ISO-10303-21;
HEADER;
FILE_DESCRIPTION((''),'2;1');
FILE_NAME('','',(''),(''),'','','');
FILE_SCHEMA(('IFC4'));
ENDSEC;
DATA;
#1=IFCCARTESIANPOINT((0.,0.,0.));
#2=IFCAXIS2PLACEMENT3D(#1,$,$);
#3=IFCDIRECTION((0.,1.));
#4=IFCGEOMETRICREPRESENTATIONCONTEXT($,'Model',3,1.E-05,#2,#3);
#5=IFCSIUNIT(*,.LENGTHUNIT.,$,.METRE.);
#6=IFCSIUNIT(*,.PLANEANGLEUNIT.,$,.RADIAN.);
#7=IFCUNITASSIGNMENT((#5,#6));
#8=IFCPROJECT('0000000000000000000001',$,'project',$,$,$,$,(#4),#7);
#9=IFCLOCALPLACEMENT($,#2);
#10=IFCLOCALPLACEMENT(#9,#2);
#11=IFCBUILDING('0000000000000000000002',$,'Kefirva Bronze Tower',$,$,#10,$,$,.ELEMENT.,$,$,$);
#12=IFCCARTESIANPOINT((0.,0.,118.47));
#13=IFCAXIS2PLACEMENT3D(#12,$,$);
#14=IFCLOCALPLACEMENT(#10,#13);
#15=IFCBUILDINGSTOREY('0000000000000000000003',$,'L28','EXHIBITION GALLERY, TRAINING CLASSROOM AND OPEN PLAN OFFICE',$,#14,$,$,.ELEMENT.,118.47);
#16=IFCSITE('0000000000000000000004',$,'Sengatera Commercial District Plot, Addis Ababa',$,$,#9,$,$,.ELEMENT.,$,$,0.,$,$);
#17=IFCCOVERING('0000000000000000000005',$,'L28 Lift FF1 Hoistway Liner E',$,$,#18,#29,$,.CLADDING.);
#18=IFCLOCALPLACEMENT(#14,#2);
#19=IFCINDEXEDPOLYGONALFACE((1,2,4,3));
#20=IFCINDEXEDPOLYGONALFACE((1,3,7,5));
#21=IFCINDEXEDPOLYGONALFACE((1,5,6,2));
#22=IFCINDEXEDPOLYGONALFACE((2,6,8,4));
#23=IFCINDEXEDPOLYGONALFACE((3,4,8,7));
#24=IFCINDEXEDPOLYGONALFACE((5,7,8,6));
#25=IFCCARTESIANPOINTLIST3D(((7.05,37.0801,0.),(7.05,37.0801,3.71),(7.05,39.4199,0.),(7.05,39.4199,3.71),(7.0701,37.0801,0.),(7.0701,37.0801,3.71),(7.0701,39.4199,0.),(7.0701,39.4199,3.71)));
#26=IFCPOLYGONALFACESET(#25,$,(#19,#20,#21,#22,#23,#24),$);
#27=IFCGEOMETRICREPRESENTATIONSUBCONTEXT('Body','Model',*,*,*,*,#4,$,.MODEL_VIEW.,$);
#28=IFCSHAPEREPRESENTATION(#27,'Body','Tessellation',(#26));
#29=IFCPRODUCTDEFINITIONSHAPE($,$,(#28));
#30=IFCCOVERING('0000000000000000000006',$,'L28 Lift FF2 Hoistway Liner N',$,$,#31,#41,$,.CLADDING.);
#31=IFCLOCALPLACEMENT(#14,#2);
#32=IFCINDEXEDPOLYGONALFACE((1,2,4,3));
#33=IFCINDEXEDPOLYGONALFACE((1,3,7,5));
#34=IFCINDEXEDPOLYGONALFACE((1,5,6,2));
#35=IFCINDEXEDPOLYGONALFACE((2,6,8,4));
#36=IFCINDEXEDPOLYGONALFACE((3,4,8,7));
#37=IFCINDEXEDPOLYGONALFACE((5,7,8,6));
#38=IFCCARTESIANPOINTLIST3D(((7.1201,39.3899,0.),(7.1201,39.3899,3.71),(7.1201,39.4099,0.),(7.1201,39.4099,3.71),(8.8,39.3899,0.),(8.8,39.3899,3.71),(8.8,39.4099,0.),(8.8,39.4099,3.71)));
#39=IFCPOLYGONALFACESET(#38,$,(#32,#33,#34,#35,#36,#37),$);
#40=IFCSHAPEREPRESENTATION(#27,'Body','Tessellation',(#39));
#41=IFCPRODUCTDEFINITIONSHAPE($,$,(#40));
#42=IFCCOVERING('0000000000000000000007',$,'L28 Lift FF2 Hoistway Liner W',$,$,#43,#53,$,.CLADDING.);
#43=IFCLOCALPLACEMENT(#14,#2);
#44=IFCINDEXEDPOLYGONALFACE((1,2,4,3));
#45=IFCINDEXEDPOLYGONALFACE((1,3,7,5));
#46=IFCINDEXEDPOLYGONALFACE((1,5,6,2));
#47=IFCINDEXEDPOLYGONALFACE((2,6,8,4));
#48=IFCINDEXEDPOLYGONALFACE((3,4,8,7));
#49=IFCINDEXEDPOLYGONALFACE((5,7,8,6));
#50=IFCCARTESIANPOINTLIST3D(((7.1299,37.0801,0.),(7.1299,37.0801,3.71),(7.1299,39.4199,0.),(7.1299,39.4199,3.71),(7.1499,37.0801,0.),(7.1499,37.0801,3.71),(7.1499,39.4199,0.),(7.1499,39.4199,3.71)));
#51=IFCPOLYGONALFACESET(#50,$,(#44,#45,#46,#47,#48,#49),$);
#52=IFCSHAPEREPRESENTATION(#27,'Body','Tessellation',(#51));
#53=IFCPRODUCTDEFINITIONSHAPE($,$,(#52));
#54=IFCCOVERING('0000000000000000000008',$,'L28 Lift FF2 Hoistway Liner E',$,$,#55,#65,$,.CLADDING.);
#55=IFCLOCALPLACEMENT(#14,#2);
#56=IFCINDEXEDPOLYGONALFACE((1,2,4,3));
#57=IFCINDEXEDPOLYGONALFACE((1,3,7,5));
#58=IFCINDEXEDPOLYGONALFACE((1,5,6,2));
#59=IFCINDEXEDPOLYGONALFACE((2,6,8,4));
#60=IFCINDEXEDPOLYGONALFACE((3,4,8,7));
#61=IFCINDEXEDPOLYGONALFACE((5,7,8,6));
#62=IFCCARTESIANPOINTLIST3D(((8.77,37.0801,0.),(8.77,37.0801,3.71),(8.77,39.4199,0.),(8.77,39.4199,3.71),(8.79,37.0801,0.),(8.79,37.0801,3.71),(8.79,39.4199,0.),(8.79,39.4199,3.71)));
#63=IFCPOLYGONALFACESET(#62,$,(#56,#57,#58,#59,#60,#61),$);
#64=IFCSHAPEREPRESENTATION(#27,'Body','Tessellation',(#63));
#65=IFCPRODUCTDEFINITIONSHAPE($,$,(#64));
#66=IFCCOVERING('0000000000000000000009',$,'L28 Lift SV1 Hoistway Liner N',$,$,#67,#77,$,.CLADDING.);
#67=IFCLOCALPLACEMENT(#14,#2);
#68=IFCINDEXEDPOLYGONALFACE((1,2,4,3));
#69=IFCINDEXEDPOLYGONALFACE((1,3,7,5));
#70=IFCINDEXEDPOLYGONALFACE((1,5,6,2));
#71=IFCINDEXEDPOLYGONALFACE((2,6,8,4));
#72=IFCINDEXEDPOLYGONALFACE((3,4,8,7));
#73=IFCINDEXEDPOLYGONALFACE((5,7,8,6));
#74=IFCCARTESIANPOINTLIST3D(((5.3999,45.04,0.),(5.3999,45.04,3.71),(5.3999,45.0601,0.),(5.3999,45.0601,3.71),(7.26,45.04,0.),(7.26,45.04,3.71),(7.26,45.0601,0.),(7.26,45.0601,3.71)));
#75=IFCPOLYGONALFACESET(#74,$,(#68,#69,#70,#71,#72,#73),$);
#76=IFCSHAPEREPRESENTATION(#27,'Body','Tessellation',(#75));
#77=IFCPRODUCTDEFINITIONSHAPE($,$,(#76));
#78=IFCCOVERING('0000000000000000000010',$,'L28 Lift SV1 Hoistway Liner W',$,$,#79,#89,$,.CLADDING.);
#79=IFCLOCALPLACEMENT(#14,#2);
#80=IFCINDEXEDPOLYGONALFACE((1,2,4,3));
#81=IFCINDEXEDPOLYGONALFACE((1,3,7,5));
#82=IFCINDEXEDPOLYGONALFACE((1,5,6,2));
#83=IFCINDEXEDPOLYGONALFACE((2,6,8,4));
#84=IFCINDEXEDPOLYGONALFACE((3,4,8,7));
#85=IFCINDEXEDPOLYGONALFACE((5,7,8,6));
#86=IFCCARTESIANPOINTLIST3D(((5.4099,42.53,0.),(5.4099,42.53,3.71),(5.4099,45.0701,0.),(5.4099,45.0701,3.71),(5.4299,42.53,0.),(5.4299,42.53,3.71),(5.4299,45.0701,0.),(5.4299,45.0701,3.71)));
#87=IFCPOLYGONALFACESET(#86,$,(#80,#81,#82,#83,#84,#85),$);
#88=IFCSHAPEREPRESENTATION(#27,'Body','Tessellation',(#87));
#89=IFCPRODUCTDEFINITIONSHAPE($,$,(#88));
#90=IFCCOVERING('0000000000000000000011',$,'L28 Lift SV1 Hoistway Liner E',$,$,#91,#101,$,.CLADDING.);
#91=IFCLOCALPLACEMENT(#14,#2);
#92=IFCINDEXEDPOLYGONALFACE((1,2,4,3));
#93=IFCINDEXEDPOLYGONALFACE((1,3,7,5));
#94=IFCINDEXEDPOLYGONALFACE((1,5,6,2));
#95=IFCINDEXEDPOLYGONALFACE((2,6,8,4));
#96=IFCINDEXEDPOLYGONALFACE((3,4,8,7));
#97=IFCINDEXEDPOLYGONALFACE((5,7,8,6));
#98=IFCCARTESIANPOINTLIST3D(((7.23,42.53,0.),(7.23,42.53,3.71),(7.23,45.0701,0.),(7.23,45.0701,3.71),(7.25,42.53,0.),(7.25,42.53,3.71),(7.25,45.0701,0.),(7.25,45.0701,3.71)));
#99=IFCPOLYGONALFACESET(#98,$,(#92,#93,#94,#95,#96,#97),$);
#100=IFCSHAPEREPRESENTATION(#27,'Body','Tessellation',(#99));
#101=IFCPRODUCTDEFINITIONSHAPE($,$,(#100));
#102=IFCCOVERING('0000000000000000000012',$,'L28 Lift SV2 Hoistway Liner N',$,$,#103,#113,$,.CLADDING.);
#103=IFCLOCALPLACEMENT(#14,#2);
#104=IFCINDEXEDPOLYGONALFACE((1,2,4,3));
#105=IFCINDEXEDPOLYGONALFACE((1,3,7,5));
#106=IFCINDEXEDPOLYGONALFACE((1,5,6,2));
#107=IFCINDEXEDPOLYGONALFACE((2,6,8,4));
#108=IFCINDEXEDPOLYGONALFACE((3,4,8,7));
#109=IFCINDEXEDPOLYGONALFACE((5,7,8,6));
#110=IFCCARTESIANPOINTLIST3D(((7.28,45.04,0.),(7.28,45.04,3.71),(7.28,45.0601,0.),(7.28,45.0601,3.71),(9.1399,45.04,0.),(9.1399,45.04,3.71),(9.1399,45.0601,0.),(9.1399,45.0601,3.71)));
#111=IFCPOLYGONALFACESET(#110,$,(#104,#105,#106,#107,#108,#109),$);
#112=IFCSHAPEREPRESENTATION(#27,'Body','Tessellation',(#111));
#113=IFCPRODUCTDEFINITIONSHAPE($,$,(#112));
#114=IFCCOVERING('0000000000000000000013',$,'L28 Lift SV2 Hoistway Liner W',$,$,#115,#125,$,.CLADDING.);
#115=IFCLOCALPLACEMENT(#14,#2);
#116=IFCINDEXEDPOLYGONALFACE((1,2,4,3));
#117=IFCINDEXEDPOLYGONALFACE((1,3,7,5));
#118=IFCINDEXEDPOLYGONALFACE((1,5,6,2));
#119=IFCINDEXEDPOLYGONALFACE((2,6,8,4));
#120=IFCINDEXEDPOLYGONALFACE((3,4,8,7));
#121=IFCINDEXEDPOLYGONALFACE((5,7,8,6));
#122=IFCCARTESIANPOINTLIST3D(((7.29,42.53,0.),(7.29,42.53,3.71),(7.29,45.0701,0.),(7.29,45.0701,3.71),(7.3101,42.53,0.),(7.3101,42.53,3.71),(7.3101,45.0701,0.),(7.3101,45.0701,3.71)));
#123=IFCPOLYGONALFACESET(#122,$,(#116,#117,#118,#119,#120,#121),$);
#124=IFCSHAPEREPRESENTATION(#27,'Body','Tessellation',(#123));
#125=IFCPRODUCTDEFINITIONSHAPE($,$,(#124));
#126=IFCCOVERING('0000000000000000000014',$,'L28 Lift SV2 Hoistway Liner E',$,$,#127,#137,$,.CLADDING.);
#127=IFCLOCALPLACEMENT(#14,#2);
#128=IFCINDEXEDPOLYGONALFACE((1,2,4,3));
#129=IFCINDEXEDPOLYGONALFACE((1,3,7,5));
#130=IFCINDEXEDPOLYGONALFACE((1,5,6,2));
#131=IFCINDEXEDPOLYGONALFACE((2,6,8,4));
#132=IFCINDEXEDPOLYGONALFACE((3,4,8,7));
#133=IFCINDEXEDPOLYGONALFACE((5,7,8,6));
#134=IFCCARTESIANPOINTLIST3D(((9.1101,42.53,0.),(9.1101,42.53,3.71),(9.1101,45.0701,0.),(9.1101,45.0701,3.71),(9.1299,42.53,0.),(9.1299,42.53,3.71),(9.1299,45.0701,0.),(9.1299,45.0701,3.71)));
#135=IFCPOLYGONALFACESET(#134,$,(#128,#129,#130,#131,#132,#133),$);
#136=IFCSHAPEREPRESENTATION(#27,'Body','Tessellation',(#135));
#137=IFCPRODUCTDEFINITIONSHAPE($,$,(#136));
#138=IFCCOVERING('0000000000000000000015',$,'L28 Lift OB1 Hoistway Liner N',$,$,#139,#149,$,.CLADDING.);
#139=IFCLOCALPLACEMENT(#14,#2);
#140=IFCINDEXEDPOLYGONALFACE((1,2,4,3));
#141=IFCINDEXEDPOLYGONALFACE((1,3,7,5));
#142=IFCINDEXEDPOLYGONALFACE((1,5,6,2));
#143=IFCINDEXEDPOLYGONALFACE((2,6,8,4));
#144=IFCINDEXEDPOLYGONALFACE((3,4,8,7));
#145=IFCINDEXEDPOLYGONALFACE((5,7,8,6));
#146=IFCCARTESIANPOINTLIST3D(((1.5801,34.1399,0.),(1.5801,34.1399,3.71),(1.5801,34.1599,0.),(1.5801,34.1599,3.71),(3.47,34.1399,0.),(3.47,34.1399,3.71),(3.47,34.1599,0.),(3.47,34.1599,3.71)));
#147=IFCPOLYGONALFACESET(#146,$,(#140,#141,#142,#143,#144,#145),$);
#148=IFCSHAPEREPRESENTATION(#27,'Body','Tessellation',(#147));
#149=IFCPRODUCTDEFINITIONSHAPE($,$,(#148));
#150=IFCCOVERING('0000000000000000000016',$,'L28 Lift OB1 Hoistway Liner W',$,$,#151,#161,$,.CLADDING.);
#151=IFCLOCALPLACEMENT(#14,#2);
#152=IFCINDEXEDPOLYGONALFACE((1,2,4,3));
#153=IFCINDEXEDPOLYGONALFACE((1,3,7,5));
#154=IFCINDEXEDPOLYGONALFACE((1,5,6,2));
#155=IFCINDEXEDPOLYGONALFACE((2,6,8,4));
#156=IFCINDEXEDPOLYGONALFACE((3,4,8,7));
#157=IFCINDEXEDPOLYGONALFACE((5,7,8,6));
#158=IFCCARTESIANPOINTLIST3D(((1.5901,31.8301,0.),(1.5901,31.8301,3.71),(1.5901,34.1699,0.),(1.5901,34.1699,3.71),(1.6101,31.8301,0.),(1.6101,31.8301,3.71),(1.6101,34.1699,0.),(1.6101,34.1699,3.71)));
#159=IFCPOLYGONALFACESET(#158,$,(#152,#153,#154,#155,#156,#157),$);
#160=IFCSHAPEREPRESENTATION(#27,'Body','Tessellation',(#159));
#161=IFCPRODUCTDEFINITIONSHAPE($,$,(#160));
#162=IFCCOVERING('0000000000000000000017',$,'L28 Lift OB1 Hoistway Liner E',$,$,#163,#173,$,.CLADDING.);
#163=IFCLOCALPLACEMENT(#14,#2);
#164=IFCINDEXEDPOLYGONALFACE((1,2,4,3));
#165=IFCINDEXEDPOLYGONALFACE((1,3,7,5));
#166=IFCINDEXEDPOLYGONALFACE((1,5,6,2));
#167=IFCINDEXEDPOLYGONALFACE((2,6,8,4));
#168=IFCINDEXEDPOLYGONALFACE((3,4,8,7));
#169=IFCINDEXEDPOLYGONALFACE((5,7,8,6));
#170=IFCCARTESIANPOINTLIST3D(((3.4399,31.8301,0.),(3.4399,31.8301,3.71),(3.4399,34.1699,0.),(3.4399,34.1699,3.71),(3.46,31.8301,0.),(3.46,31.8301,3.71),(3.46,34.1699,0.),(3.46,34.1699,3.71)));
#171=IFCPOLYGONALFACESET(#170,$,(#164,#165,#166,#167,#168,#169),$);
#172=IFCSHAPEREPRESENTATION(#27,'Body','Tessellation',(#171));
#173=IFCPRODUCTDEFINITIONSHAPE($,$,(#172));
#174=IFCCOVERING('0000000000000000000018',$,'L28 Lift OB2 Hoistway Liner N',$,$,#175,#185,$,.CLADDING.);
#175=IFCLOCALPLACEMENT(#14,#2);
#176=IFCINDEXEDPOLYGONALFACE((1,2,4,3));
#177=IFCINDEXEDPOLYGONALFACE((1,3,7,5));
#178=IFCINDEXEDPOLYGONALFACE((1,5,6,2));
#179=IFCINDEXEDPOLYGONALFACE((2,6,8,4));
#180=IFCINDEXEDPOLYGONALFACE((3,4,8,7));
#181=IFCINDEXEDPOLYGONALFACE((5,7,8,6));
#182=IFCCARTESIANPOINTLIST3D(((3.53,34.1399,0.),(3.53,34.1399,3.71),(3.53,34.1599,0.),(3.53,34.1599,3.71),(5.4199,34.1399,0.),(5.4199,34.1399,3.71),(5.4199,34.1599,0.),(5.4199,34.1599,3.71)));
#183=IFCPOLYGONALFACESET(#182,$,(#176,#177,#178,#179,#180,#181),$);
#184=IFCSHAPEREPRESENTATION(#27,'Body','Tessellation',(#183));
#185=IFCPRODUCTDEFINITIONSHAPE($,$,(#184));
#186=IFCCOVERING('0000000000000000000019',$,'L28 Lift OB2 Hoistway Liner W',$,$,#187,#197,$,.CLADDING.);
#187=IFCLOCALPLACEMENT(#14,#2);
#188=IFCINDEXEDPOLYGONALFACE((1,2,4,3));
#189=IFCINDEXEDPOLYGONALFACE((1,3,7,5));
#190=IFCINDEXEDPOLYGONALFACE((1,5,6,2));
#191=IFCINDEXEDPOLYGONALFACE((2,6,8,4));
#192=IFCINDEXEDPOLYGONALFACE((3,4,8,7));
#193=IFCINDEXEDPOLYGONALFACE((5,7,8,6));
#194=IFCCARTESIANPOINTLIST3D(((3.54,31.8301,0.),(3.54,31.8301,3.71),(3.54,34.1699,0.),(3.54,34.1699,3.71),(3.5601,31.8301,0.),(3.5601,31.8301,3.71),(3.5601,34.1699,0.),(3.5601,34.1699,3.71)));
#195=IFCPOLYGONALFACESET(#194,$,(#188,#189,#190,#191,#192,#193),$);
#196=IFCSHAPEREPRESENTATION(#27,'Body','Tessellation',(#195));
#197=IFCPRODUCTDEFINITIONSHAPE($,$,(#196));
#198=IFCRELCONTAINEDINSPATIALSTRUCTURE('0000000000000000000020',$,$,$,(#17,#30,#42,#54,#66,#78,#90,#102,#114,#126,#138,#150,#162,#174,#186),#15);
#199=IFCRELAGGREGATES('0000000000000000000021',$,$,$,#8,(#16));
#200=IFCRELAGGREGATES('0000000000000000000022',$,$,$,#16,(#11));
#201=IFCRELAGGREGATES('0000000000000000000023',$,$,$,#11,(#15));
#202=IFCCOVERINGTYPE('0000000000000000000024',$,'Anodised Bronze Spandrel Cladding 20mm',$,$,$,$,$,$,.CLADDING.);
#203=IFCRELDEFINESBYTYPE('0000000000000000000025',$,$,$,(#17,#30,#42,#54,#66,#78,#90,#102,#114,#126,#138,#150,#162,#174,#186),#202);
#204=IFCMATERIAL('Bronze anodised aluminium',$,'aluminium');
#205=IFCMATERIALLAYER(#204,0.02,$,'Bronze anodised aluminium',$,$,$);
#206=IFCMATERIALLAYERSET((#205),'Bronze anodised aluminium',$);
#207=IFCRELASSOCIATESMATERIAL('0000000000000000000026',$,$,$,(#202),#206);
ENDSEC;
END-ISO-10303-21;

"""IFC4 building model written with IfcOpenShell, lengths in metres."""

from ifc_helpers import new_model, si_unit, direction, frame, origin, place, context, subcontext, project, spatial, polyline, outline, extrude, material, layer, layer_set, type_object, element, save


model = new_model("IFC4")

# Units and contexts
model_context = context("Model", 3, precision=1e-05, world=origin(), true_north=direction((0.0, 1.0)))
body_context = subcontext(model_context, "Body", "Model", "MODEL_VIEW")
ifc_project = project(units=[si_unit("LENGTHUNIT", "METRE"), si_unit("PLANEANGLEUNIT", "RADIAN")], contexts=[model_context])

# Site, building, storey
site_placement = place(None, origin())
site = spatial("IfcSite", under=ifc_project, at=site_placement, Name="Sengatera Commercial District Plot, Addis Ababa", CompositionType="ELEMENT", RefElevation=0.0)
building_placement = place(site_placement, origin())
building = spatial("IfcBuilding", under=site, at=building_placement, Name="Kefirva Bronze Tower", CompositionType="ELEMENT")
storey_placement = place(building_placement, frame((0.0, 0.0, 118.47)))
storey = spatial("IfcBuildingStorey", under=building, at=storey_placement, Name="L28", Description="EXHIBITION GALLERY, TRAINING CLASSROOM AND OPEN PLAN OFFICE", CompositionType="ELEMENT", Elevation=118.47)

# Coverings
ifc_material_1 = material(Name="Bronze anodised aluminium", Category="aluminium")
ifc_layer_1 = layer(ifc_material_1, 0.02, Name="Bronze anodised aluminium")
ifc_layer_set_1 = layer_set([ifc_layer_1], Name="Bronze anodised aluminium")
covering_type = type_object("IfcCoveringType", Name="Anodised Bronze Spandrel Cladding 20mm", PredefinedType="CLADDING", material=ifc_layer_set_1)
covering_1_placement = place(storey_placement, origin())
element("IfcCovering", 1, at=covering_1_placement, inside=storey, type_object=covering_type, Name="L28 Lift FF1 Hoistway Liner E", PredefinedType="CLADDING", context=body_context, shape_type="SweptSolid", body=[
    extrude(outline(polyline([(7.05, 37.0801), (7.0701, 37.0801), (7.0701, 39.4199), (7.05, 39.4199), (7.05, 37.0801)])), origin(), (0.0, 0.0, 1.0), 3.71),
])
covering_2_placement = place(storey_placement, origin())
element("IfcCovering", 2, at=covering_2_placement, inside=storey, type_object=covering_type, Name="L28 Lift FF2 Hoistway Liner N", PredefinedType="CLADDING", context=body_context, shape_type="SweptSolid", body=[
    extrude(outline(polyline([(7.1201, 39.3899), (8.8, 39.3899), (8.8, 39.4099), (7.1201, 39.4099), (7.1201, 39.3899)])), origin(), (0.0, 0.0, 1.0), 3.71),
])
covering_3_placement = place(storey_placement, origin())
element("IfcCovering", 3, at=covering_3_placement, inside=storey, type_object=covering_type, Name="L28 Lift FF2 Hoistway Liner W", PredefinedType="CLADDING", context=body_context, shape_type="SweptSolid", body=[
    extrude(outline(polyline([(7.1299, 37.0801), (7.1499, 37.0801), (7.1499, 39.4199), (7.1299, 39.4199), (7.1299, 37.0801)])), origin(), (0.0, 0.0, 1.0), 3.71),
])
covering_4_placement = place(storey_placement, origin())
element("IfcCovering", 4, at=covering_4_placement, inside=storey, type_object=covering_type, Name="L28 Lift FF2 Hoistway Liner E", PredefinedType="CLADDING", context=body_context, shape_type="SweptSolid", body=[
    extrude(outline(polyline([(8.77, 37.0801), (8.79, 37.0801), (8.79, 39.4199), (8.77, 39.4199), (8.77, 37.0801)])), origin(), (0.0, 0.0, 1.0), 3.71),
])
covering_5_placement = place(storey_placement, origin())
element("IfcCovering", 5, at=covering_5_placement, inside=storey, type_object=covering_type, Name="L28 Lift SV1 Hoistway Liner N", PredefinedType="CLADDING", context=body_context, shape_type="SweptSolid", body=[
    extrude(outline(polyline([(5.3999, 45.04), (7.26, 45.04), (7.26, 45.0601), (5.3999, 45.0601), (5.3999, 45.04)])), origin(), (0.0, 0.0, 1.0), 3.71),
])
covering_6_placement = place(storey_placement, origin())
element("IfcCovering", 6, at=covering_6_placement, inside=storey, type_object=covering_type, Name="L28 Lift SV1 Hoistway Liner W", PredefinedType="CLADDING", context=body_context, shape_type="SweptSolid", body=[
    extrude(outline(polyline([(5.4099, 42.53), (5.4299, 42.53), (5.4299, 45.0701), (5.4099, 45.0701), (5.4099, 42.53)])), origin(), (0.0, 0.0, 1.0), 3.71),
])
covering_7_placement = place(storey_placement, origin())
element("IfcCovering", 7, at=covering_7_placement, inside=storey, type_object=covering_type, Name="L28 Lift SV1 Hoistway Liner E", PredefinedType="CLADDING", context=body_context, shape_type="SweptSolid", body=[
    extrude(outline(polyline([(7.23, 42.53), (7.25, 42.53), (7.25, 45.0701), (7.23, 45.0701), (7.23, 42.53)])), origin(), (0.0, 0.0, 1.0), 3.71),
])
covering_8_placement = place(storey_placement, origin())
element("IfcCovering", 8, at=covering_8_placement, inside=storey, type_object=covering_type, Name="L28 Lift SV2 Hoistway Liner N", PredefinedType="CLADDING", context=body_context, shape_type="SweptSolid", body=[
    extrude(outline(polyline([(7.28, 45.04), (9.1399, 45.04), (9.1399, 45.0601), (7.28, 45.0601), (7.28, 45.04)])), origin(), (0.0, 0.0, 1.0), 3.71),
])
covering_9_placement = place(storey_placement, origin())
element("IfcCovering", 9, at=covering_9_placement, inside=storey, type_object=covering_type, Name="L28 Lift SV2 Hoistway Liner W", PredefinedType="CLADDING", context=body_context, shape_type="SweptSolid", body=[
    extrude(outline(polyline([(7.29, 42.53), (7.3101, 42.53), (7.3101, 45.0701), (7.29, 45.0701), (7.29, 42.53)])), origin(), (0.0, 0.0, 1.0), 3.71),
])
covering_10_placement = place(storey_placement, origin())
element("IfcCovering", 10, at=covering_10_placement, inside=storey, type_object=covering_type, Name="L28 Lift SV2 Hoistway Liner E", PredefinedType="CLADDING", context=body_context, shape_type="SweptSolid", body=[
    extrude(outline(polyline([(9.1101, 42.53), (9.1299, 42.53), (9.1299, 45.0701), (9.1101, 45.0701), (9.1101, 42.53)])), origin(), (0.0, 0.0, 1.0), 3.71),
])
covering_11_placement = place(storey_placement, origin())
element("IfcCovering", 11, at=covering_11_placement, inside=storey, type_object=covering_type, Name="L28 Lift OB1 Hoistway Liner N", PredefinedType="CLADDING", context=body_context, shape_type="SweptSolid", body=[
    extrude(outline(polyline([(1.5801, 34.1399), (3.47, 34.1399), (3.47, 34.1599), (1.5801, 34.1599), (1.5801, 34.1399)])), origin(), (0.0, 0.0, 1.0), 3.71),
])
covering_12_placement = place(storey_placement, origin())
element("IfcCovering", 12, at=covering_12_placement, inside=storey, type_object=covering_type, Name="L28 Lift OB1 Hoistway Liner W", PredefinedType="CLADDING", context=body_context, shape_type="SweptSolid", body=[
    extrude(outline(polyline([(1.5901, 31.8301), (1.6101, 31.8301), (1.6101, 34.1699), (1.5901, 34.1699), (1.5901, 31.8301)])), origin(), (0.0, 0.0, 1.0), 3.71),
])
covering_13_placement = place(storey_placement, origin())
element("IfcCovering", 13, at=covering_13_placement, inside=storey, type_object=covering_type, Name="L28 Lift OB1 Hoistway Liner E", PredefinedType="CLADDING", context=body_context, shape_type="SweptSolid", body=[
    extrude(outline(polyline([(3.4399, 31.8301), (3.46, 31.8301), (3.46, 34.1699), (3.4399, 34.1699), (3.4399, 31.8301)])), origin(), (0.0, 0.0, 1.0), 3.71),
])
covering_14_placement = place(storey_placement, origin())
element("IfcCovering", 14, at=covering_14_placement, inside=storey, type_object=covering_type, Name="L28 Lift OB2 Hoistway Liner N", PredefinedType="CLADDING", context=body_context, shape_type="SweptSolid", body=[
    extrude(outline(polyline([(3.53, 34.1399), (5.4199, 34.1399), (5.4199, 34.1599), (3.53, 34.1599), (3.53, 34.1399)])), origin(), (0.0, 0.0, 1.0), 3.71),
])
covering_15_placement = place(storey_placement, origin())
element("IfcCovering", 15, at=covering_15_placement, inside=storey, type_object=covering_type, Name="L28 Lift OB2 Hoistway Liner W", PredefinedType="CLADDING", context=body_context, shape_type="SweptSolid", body=[
    extrude(outline(polyline([(3.54, 31.8301), (3.5601, 31.8301), (3.5601, 34.1699), (3.54, 34.1699), (3.54, 31.8301)])), origin(), (0.0, 0.0, 1.0), 3.71),
])

save(model, "model.ifc")
